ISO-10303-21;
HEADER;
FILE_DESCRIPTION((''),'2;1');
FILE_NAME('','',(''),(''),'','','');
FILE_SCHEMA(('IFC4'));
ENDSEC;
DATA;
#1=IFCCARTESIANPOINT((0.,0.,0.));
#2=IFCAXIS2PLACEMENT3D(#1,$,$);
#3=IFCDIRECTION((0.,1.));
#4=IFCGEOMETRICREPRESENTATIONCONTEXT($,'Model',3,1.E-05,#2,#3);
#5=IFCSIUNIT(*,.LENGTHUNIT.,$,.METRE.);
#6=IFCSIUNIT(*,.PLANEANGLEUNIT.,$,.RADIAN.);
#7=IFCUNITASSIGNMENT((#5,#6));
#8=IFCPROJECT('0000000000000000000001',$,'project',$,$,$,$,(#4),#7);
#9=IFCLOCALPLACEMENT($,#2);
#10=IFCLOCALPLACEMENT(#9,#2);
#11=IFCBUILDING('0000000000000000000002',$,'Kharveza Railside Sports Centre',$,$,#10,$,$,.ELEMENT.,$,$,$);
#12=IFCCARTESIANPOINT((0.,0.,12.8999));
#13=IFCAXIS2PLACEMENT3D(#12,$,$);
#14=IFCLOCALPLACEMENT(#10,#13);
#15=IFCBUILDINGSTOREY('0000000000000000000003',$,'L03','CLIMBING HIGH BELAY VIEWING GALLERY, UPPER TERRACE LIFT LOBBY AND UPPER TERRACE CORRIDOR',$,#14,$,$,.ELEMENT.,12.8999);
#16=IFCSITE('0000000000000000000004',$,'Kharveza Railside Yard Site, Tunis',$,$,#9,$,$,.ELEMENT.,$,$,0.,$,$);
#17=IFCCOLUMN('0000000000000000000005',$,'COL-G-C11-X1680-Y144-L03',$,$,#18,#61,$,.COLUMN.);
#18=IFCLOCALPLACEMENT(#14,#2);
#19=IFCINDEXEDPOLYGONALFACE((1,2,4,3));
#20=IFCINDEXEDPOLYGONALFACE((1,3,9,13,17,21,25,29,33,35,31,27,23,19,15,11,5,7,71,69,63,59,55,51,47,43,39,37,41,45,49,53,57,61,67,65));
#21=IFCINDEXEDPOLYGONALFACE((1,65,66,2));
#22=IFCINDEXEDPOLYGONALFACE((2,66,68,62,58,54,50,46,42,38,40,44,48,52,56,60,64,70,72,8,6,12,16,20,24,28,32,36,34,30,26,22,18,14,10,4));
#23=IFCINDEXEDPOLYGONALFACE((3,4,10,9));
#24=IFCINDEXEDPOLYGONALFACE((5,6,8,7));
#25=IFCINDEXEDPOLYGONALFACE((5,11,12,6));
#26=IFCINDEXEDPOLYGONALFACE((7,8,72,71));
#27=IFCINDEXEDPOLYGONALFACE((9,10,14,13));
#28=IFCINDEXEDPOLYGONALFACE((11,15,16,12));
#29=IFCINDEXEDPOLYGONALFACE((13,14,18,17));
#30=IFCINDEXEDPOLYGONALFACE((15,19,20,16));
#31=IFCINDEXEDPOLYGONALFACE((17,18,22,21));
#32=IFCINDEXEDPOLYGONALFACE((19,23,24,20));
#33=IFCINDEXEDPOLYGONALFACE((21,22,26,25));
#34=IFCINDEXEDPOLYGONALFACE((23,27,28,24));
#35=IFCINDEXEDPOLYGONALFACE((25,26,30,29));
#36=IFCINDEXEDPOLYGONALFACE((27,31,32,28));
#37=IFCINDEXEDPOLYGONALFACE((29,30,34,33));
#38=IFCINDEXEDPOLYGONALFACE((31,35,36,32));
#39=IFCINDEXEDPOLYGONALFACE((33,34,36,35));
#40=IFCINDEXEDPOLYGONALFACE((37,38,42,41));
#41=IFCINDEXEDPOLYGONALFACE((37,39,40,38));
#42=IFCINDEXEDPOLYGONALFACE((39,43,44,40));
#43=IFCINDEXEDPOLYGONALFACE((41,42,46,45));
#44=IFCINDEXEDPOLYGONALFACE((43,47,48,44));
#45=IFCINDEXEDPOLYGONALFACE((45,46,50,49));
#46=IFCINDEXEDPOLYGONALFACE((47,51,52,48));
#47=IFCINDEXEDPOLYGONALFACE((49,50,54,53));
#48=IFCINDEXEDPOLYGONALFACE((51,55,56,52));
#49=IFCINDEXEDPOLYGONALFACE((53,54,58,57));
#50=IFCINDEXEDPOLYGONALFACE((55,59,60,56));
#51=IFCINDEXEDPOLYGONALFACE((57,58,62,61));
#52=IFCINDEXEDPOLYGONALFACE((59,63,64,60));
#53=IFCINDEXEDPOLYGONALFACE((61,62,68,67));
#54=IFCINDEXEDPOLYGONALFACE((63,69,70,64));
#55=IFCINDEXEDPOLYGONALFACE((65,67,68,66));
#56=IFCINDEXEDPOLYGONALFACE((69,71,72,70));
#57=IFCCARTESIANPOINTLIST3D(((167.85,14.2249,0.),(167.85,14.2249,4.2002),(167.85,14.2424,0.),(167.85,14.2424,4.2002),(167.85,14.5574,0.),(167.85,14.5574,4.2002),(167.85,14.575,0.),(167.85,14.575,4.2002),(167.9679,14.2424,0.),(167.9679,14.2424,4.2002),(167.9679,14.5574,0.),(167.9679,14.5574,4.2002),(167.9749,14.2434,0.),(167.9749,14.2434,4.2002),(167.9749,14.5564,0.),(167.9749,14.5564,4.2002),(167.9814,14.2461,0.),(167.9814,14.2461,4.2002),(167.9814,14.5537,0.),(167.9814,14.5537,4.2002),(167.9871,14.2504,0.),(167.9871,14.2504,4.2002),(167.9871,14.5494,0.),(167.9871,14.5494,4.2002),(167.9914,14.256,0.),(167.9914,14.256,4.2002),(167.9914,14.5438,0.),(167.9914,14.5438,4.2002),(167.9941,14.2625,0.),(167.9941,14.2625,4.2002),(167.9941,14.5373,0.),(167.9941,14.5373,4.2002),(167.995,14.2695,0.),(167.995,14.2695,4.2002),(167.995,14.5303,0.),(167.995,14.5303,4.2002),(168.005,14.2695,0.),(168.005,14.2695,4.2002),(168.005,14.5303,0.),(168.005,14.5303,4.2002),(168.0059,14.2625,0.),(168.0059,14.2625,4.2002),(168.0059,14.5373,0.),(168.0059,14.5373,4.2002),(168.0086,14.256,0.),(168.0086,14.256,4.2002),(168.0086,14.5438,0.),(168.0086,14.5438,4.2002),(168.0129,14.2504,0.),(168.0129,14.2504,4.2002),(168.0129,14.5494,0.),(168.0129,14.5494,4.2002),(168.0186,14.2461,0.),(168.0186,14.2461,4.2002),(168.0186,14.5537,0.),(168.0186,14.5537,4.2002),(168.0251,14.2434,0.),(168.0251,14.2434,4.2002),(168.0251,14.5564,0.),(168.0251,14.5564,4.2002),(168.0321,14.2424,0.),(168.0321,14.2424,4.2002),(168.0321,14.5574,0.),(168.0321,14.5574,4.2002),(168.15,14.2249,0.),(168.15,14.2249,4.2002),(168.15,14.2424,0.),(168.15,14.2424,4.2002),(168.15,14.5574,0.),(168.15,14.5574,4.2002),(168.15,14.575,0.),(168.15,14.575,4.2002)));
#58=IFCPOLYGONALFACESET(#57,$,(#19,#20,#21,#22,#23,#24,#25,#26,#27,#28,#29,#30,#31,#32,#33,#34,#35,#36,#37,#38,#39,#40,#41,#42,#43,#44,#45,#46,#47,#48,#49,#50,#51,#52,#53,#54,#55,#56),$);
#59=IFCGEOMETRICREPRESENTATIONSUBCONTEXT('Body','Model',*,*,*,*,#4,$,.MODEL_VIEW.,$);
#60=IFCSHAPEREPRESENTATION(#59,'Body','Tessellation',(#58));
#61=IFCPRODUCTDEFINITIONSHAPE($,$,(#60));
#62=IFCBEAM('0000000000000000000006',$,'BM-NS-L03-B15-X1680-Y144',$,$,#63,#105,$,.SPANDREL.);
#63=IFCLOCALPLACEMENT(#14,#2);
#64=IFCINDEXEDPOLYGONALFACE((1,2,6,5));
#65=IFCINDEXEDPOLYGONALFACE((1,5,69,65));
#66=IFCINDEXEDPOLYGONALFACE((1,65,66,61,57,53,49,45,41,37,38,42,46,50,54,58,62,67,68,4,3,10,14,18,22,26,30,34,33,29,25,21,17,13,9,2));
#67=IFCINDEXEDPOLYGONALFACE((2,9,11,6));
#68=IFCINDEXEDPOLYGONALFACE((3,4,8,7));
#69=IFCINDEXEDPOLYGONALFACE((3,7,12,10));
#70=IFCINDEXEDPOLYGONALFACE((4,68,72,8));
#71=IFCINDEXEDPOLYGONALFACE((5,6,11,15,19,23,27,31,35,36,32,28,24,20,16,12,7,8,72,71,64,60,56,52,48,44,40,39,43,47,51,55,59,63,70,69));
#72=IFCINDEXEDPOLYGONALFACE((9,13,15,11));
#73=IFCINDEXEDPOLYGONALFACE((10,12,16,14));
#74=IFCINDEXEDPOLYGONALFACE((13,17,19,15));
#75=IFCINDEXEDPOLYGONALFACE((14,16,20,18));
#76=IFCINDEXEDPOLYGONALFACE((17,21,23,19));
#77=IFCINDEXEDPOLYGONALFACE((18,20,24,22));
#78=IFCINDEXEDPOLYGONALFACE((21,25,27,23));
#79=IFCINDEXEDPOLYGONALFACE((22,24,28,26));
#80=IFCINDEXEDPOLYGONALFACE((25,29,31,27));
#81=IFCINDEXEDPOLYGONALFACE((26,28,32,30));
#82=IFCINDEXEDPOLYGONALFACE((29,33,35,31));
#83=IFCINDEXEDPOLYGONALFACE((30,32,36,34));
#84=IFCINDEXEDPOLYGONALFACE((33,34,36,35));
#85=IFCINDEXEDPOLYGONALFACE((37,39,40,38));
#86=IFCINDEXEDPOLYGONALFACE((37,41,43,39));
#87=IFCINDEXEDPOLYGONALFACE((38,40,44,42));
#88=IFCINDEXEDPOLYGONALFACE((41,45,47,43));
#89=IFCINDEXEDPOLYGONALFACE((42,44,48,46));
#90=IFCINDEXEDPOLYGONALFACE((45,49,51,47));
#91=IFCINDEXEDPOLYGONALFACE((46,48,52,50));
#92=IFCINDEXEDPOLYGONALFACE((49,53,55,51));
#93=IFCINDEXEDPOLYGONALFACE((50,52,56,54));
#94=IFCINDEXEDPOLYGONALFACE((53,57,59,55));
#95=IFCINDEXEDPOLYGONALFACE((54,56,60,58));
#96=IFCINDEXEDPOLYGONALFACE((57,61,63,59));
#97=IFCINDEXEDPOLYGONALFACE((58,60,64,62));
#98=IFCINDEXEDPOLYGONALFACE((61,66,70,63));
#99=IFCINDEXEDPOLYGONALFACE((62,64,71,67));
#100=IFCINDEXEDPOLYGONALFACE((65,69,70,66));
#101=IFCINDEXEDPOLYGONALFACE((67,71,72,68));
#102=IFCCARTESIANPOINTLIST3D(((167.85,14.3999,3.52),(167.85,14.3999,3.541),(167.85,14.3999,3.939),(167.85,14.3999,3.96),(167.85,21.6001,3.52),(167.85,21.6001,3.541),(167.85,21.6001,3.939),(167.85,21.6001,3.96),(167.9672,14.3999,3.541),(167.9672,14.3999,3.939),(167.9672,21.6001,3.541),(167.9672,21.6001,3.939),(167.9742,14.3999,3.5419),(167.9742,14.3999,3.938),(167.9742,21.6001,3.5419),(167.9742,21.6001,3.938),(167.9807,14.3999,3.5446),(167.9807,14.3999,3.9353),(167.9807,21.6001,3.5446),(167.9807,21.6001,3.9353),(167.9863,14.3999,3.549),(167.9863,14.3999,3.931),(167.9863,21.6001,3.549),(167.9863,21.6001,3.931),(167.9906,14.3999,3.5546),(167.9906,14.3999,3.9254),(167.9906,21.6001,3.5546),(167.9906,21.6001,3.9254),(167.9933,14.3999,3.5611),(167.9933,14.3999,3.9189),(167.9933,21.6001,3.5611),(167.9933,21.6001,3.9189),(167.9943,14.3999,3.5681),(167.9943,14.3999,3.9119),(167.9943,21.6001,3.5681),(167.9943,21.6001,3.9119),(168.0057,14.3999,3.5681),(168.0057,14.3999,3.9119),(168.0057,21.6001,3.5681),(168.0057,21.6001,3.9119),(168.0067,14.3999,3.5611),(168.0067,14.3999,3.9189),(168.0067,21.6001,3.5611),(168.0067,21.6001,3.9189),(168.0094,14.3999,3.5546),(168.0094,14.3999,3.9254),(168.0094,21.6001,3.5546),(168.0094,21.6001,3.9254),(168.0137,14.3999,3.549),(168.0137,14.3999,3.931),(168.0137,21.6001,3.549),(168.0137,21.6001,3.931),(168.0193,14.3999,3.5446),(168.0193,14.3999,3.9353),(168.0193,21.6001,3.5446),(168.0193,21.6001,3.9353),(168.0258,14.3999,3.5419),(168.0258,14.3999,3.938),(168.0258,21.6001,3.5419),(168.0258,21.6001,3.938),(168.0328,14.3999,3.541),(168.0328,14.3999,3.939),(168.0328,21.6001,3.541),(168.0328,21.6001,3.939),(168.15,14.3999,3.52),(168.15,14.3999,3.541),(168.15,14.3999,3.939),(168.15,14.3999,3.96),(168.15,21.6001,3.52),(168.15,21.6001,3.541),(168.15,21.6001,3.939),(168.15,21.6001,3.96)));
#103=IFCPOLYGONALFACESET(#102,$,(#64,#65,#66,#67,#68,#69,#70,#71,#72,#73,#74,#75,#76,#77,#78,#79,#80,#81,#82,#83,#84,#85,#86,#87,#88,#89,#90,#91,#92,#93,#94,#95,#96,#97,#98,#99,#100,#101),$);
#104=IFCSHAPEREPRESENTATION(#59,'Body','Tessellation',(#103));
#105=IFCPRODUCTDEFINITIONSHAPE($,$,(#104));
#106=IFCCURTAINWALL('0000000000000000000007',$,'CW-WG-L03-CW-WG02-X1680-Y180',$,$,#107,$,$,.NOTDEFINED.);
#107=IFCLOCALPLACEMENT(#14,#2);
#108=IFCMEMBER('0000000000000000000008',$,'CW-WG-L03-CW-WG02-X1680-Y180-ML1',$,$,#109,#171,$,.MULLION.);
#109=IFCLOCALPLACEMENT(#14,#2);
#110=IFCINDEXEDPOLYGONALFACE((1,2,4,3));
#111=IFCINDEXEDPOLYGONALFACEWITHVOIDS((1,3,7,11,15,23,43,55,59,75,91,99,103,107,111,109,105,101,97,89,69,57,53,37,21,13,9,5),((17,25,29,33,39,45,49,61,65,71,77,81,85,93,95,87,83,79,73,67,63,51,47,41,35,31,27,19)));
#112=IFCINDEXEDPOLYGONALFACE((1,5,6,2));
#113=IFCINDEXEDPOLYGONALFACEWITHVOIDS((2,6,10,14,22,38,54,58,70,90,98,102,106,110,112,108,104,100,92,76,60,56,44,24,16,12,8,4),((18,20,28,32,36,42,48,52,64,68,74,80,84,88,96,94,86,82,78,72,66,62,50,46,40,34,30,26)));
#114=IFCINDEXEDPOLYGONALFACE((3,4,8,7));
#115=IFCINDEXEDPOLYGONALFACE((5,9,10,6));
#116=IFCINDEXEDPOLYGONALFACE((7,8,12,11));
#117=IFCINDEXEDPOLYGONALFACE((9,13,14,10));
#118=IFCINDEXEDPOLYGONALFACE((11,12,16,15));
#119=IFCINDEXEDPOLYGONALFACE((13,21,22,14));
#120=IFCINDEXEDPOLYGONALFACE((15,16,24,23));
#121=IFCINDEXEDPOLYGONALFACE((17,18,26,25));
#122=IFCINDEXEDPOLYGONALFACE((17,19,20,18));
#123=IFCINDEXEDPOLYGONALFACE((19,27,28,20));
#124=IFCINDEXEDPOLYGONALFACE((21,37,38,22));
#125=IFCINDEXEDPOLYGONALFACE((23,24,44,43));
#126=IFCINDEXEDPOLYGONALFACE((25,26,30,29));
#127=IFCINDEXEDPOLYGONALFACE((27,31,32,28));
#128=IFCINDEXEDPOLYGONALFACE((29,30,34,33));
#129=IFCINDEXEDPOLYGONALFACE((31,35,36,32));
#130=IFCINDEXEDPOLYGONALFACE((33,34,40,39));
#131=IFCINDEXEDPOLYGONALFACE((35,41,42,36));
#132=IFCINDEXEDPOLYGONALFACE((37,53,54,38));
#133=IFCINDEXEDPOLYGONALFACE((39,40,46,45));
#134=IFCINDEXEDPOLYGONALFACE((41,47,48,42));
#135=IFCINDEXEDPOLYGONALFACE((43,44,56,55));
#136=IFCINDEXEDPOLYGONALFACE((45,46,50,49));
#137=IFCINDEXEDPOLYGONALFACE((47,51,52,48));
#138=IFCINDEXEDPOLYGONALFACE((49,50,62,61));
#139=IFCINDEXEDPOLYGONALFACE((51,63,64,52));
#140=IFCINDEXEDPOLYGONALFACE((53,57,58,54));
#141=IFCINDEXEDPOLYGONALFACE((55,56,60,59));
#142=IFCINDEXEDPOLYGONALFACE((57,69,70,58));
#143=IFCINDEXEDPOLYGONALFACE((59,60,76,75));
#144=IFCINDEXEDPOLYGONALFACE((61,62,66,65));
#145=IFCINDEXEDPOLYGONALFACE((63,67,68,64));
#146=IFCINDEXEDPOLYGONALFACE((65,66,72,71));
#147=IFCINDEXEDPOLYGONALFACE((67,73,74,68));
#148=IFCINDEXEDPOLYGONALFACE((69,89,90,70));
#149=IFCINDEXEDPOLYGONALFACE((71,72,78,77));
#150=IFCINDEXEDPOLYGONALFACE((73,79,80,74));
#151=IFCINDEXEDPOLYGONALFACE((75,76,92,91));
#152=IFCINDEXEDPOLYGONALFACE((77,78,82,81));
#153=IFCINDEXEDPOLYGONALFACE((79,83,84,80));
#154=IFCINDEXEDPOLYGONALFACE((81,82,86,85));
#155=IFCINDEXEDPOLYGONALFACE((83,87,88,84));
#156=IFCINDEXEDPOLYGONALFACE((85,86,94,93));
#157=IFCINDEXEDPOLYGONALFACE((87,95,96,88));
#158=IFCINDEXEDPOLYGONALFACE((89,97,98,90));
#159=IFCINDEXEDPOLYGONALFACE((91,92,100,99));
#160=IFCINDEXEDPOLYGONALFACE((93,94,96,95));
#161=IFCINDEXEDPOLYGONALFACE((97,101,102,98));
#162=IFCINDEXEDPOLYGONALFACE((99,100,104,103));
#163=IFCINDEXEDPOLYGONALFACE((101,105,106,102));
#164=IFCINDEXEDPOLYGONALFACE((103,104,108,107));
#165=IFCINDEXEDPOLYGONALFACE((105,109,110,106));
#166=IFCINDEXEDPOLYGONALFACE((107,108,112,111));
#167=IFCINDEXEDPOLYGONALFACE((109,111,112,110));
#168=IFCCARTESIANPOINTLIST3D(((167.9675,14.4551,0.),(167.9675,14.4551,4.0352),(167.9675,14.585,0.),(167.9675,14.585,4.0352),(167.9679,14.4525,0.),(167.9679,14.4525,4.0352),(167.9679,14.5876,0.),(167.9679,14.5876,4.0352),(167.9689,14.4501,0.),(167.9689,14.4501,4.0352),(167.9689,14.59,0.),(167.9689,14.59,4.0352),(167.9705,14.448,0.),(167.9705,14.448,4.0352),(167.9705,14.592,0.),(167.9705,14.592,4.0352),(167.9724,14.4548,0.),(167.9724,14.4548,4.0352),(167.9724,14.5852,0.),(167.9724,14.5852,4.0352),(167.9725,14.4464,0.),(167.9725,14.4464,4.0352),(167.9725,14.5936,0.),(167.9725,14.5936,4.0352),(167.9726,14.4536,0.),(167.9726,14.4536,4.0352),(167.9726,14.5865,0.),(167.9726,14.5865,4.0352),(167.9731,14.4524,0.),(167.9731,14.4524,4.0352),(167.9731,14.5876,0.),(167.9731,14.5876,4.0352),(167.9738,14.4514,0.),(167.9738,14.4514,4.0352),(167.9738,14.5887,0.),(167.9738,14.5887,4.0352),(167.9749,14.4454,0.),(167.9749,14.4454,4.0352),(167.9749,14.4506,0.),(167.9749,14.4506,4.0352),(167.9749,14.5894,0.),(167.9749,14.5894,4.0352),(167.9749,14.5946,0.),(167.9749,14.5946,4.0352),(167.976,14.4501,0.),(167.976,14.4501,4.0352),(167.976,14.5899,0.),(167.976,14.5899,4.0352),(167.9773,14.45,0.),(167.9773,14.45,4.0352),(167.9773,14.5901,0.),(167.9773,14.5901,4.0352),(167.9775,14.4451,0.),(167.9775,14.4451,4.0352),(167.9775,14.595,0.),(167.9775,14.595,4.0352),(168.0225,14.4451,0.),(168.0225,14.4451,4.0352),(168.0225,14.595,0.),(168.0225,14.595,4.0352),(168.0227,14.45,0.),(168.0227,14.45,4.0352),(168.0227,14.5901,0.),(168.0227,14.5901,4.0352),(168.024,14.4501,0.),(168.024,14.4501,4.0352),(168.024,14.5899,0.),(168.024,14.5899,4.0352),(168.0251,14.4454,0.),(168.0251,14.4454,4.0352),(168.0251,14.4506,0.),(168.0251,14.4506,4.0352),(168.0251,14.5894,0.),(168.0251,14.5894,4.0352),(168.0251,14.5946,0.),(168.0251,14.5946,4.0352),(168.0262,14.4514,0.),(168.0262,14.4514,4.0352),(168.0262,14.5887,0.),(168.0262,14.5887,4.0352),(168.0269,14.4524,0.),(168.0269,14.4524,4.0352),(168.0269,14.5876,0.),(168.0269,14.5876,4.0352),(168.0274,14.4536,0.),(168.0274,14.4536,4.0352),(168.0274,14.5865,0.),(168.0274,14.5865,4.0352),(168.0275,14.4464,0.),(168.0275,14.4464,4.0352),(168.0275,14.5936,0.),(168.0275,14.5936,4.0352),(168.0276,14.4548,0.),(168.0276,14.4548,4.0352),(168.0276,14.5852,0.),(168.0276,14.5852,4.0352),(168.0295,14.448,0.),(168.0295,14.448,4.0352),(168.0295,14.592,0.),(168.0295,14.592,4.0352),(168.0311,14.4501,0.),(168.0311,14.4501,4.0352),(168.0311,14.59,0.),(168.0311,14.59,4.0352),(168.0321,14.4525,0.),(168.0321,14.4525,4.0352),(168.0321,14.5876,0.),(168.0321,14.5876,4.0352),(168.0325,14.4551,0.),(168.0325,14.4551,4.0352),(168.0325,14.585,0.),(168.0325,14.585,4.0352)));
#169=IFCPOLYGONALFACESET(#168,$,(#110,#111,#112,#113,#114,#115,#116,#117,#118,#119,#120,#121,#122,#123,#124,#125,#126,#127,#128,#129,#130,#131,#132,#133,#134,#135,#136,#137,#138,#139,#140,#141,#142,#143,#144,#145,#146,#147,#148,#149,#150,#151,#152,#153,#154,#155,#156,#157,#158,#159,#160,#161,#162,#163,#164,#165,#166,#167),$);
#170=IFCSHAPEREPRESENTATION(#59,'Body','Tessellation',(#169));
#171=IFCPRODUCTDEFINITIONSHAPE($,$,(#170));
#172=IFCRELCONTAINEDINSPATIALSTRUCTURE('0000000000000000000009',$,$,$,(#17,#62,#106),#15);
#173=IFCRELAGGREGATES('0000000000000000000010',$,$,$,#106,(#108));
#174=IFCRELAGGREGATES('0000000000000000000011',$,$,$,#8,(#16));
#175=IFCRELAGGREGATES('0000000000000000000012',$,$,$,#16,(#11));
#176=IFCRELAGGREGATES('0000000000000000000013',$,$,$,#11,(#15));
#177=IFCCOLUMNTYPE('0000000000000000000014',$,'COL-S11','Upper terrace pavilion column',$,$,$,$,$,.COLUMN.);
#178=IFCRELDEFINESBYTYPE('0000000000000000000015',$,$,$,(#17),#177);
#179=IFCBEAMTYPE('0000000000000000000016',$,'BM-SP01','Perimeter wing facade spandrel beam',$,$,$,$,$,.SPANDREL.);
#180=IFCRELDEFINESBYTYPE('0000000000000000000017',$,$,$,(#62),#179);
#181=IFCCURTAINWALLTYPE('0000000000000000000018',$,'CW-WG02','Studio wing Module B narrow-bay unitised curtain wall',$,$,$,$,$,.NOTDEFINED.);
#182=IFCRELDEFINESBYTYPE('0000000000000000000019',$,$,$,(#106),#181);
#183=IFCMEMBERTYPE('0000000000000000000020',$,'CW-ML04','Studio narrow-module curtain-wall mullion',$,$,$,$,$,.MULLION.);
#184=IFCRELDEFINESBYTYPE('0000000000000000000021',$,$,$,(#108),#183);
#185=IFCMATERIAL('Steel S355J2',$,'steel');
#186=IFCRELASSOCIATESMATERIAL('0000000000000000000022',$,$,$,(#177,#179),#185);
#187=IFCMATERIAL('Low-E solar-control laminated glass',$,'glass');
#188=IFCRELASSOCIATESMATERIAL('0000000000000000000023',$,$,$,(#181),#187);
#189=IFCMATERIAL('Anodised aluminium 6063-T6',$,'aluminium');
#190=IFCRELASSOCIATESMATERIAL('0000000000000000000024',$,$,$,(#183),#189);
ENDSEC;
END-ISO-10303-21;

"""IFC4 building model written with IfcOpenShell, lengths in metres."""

from ifc_helpers import new_model, si_unit, direction, frame, origin, origin_2d, place, context, subcontext, project, spatial, hollow_rectangle, i_section, extrude, material, material_profile, profile_set, type_object, element, aggregate, save


model = new_model("IFC4")

# Units and contexts
model_context = context("Model", 3, precision=1e-05, world=origin(), true_north=direction((0.0, 1.0)))
body_context = subcontext(model_context, "Body", "Model", "MODEL_VIEW")
ifc_project = project(units=[si_unit("LENGTHUNIT", "METRE"), si_unit("PLANEANGLEUNIT", "RADIAN")], contexts=[model_context])

# Site, building, storey
site_placement = place(None, origin())
site = spatial("IfcSite", under=ifc_project, at=site_placement, Name="Kharveza Railside Yard Site, Tunis", CompositionType="ELEMENT", RefElevation=0.0)
building_placement = place(site_placement, origin())
building = spatial("IfcBuilding", under=site, at=building_placement, Name="Kharveza Railside Sports Centre", CompositionType="ELEMENT")
storey_placement = place(building_placement, frame((0.0, 0.0, 12.8999)))
storey = spatial("IfcBuildingStorey", under=building, at=storey_placement, Name="L03", Description="CLIMBING HIGH BELAY VIEWING GALLERY, UPPER TERRACE LIFT LOBBY AND UPPER TERRACE CORRIDOR", CompositionType="ELEMENT", Elevation=12.8999)

# Column
ifc_material_1 = material(Name="Steel S355J2", Category="steel")
ifc_material_profile_1 = material_profile(ifc_material_1, i_section(OverallWidth=0.3, OverallDepth=0.3501, WebThickness=0.01, FlangeThickness=0.0176, FilletRadius=0.0271, at=origin_2d()), Name="HEA 360")
ifc_profile_set_1 = profile_set([ifc_material_profile_1], Name="Steel S355J2")
column_type = type_object("IfcColumnType", Name="COL-S11", Description="Upper terrace pavilion column", PredefinedType="COLUMN", material=ifc_profile_set_1)
column_placement = place(storey_placement, frame((168.0, 14.3999, 0.0), z_axis=(0.0, 0.0, 1.0), x_axis=(1.0, 0.0, 0.0)))
element("IfcColumn", 1, at=column_placement, inside=storey, type_object=column_type, Name="COL-G-C11-X1680-Y144-L03", PredefinedType="COLUMN", context=body_context, shape_type="SweptSolid", body=[
    extrude(i_section(OverallWidth=0.3, OverallDepth=0.3501, WebThickness=0.01, FlangeThickness=0.0176, FilletRadius=0.0271, at=origin_2d()), origin(), (0.0, 0.0, 1.0), 4.2002),
])

# Beam
ifc_material_profile_2 = material_profile(ifc_material_1, i_section(OverallWidth=0.3, OverallDepth=0.4399, WebThickness=0.0115, FlangeThickness=0.021, FilletRadius=0.0271, at=origin_2d()), Name="HEA 450")
ifc_profile_set_2 = profile_set([ifc_material_profile_2], Name="Steel S355J2")
beam_type = type_object("IfcBeamType", Name="BM-SP01", Description="Perimeter wing facade spandrel beam", PredefinedType="SPANDREL", material=ifc_profile_set_2)
beam_placement = place(storey_placement, frame((168.0, 14.3999, 3.74), z_axis=(0.0, 1.0, 0.0), x_axis=(-1.0, 0.0, 0.0)))
element("IfcBeam", 2, at=beam_placement, inside=storey, type_object=beam_type, Name="BM-NS-L03-B15-X1680-Y144", PredefinedType="SPANDREL", context=body_context, shape_type="SweptSolid", body=[
    extrude(i_section(OverallWidth=0.3, OverallDepth=0.4399, WebThickness=0.0115, FlangeThickness=0.021, FilletRadius=0.0271, at=origin_2d()), origin(), (0.0, 0.0, 1.0), 7.2002),
])

# Curtain wall, member
ifc_material_2 = material(Name="Low-E solar-control laminated glass", Category="glass")
curtain_wall_type = type_object("IfcCurtainWallType", Name="CW-WG02", Description="Studio wing Module B narrow-bay unitised curtain wall", PredefinedType="NOTDEFINED", material=ifc_material_2)
curtain_wall_placement = place(storey_placement, origin())
curtain_wall = element("IfcCurtainWall", 3, at=curtain_wall_placement, inside=storey, type_object=curtain_wall_type, Name="CW-WG-L03-CW-WG02-X1680-Y180", PredefinedType="NOTDEFINED")
ifc_material_3 = material(Name="Anodised aluminium 6063-T6", Category="aluminium")
ifc_material_profile_3 = material_profile(ifc_material_3, hollow_rectangle(XDim=0.0649, YDim=0.1499, WallThickness=0.0049, InnerFilletRadius=0.0049, OuterFilletRadius=0.01, at=origin_2d()), Name="RHS 65x150x5.0")
ifc_profile_set_3 = profile_set([ifc_material_profile_3], Name="Anodised aluminium 6063-T6")
member_type_1 = type_object("IfcMemberType", Name="CW-ML04", Description="Studio narrow-module curtain-wall mullion", PredefinedType="MULLION", material=ifc_profile_set_3)
member_1_placement = place(storey_placement, frame((168.0, 14.52, 0.0), z_axis=(0.0, 0.0, 1.0), x_axis=(1.0, 0.0, 0.0)))
member_1 = element("IfcMember", 4, at=member_1_placement, type_object=member_type_1, Name="CW-WG-L03-CW-WG02-X1680-Y180-ML1", PredefinedType="MULLION", context=body_context, shape_type="SweptSolid", body=[
    extrude(hollow_rectangle(XDim=0.0649, YDim=0.1499, WallThickness=0.0049, InnerFilletRadius=0.0049, OuterFilletRadius=0.01, at=origin_2d()), origin(), (0.0, 0.0, 1.0), 4.0352),
])
aggregate(curtain_wall, [member_1])

save(model, "model.ifc")
